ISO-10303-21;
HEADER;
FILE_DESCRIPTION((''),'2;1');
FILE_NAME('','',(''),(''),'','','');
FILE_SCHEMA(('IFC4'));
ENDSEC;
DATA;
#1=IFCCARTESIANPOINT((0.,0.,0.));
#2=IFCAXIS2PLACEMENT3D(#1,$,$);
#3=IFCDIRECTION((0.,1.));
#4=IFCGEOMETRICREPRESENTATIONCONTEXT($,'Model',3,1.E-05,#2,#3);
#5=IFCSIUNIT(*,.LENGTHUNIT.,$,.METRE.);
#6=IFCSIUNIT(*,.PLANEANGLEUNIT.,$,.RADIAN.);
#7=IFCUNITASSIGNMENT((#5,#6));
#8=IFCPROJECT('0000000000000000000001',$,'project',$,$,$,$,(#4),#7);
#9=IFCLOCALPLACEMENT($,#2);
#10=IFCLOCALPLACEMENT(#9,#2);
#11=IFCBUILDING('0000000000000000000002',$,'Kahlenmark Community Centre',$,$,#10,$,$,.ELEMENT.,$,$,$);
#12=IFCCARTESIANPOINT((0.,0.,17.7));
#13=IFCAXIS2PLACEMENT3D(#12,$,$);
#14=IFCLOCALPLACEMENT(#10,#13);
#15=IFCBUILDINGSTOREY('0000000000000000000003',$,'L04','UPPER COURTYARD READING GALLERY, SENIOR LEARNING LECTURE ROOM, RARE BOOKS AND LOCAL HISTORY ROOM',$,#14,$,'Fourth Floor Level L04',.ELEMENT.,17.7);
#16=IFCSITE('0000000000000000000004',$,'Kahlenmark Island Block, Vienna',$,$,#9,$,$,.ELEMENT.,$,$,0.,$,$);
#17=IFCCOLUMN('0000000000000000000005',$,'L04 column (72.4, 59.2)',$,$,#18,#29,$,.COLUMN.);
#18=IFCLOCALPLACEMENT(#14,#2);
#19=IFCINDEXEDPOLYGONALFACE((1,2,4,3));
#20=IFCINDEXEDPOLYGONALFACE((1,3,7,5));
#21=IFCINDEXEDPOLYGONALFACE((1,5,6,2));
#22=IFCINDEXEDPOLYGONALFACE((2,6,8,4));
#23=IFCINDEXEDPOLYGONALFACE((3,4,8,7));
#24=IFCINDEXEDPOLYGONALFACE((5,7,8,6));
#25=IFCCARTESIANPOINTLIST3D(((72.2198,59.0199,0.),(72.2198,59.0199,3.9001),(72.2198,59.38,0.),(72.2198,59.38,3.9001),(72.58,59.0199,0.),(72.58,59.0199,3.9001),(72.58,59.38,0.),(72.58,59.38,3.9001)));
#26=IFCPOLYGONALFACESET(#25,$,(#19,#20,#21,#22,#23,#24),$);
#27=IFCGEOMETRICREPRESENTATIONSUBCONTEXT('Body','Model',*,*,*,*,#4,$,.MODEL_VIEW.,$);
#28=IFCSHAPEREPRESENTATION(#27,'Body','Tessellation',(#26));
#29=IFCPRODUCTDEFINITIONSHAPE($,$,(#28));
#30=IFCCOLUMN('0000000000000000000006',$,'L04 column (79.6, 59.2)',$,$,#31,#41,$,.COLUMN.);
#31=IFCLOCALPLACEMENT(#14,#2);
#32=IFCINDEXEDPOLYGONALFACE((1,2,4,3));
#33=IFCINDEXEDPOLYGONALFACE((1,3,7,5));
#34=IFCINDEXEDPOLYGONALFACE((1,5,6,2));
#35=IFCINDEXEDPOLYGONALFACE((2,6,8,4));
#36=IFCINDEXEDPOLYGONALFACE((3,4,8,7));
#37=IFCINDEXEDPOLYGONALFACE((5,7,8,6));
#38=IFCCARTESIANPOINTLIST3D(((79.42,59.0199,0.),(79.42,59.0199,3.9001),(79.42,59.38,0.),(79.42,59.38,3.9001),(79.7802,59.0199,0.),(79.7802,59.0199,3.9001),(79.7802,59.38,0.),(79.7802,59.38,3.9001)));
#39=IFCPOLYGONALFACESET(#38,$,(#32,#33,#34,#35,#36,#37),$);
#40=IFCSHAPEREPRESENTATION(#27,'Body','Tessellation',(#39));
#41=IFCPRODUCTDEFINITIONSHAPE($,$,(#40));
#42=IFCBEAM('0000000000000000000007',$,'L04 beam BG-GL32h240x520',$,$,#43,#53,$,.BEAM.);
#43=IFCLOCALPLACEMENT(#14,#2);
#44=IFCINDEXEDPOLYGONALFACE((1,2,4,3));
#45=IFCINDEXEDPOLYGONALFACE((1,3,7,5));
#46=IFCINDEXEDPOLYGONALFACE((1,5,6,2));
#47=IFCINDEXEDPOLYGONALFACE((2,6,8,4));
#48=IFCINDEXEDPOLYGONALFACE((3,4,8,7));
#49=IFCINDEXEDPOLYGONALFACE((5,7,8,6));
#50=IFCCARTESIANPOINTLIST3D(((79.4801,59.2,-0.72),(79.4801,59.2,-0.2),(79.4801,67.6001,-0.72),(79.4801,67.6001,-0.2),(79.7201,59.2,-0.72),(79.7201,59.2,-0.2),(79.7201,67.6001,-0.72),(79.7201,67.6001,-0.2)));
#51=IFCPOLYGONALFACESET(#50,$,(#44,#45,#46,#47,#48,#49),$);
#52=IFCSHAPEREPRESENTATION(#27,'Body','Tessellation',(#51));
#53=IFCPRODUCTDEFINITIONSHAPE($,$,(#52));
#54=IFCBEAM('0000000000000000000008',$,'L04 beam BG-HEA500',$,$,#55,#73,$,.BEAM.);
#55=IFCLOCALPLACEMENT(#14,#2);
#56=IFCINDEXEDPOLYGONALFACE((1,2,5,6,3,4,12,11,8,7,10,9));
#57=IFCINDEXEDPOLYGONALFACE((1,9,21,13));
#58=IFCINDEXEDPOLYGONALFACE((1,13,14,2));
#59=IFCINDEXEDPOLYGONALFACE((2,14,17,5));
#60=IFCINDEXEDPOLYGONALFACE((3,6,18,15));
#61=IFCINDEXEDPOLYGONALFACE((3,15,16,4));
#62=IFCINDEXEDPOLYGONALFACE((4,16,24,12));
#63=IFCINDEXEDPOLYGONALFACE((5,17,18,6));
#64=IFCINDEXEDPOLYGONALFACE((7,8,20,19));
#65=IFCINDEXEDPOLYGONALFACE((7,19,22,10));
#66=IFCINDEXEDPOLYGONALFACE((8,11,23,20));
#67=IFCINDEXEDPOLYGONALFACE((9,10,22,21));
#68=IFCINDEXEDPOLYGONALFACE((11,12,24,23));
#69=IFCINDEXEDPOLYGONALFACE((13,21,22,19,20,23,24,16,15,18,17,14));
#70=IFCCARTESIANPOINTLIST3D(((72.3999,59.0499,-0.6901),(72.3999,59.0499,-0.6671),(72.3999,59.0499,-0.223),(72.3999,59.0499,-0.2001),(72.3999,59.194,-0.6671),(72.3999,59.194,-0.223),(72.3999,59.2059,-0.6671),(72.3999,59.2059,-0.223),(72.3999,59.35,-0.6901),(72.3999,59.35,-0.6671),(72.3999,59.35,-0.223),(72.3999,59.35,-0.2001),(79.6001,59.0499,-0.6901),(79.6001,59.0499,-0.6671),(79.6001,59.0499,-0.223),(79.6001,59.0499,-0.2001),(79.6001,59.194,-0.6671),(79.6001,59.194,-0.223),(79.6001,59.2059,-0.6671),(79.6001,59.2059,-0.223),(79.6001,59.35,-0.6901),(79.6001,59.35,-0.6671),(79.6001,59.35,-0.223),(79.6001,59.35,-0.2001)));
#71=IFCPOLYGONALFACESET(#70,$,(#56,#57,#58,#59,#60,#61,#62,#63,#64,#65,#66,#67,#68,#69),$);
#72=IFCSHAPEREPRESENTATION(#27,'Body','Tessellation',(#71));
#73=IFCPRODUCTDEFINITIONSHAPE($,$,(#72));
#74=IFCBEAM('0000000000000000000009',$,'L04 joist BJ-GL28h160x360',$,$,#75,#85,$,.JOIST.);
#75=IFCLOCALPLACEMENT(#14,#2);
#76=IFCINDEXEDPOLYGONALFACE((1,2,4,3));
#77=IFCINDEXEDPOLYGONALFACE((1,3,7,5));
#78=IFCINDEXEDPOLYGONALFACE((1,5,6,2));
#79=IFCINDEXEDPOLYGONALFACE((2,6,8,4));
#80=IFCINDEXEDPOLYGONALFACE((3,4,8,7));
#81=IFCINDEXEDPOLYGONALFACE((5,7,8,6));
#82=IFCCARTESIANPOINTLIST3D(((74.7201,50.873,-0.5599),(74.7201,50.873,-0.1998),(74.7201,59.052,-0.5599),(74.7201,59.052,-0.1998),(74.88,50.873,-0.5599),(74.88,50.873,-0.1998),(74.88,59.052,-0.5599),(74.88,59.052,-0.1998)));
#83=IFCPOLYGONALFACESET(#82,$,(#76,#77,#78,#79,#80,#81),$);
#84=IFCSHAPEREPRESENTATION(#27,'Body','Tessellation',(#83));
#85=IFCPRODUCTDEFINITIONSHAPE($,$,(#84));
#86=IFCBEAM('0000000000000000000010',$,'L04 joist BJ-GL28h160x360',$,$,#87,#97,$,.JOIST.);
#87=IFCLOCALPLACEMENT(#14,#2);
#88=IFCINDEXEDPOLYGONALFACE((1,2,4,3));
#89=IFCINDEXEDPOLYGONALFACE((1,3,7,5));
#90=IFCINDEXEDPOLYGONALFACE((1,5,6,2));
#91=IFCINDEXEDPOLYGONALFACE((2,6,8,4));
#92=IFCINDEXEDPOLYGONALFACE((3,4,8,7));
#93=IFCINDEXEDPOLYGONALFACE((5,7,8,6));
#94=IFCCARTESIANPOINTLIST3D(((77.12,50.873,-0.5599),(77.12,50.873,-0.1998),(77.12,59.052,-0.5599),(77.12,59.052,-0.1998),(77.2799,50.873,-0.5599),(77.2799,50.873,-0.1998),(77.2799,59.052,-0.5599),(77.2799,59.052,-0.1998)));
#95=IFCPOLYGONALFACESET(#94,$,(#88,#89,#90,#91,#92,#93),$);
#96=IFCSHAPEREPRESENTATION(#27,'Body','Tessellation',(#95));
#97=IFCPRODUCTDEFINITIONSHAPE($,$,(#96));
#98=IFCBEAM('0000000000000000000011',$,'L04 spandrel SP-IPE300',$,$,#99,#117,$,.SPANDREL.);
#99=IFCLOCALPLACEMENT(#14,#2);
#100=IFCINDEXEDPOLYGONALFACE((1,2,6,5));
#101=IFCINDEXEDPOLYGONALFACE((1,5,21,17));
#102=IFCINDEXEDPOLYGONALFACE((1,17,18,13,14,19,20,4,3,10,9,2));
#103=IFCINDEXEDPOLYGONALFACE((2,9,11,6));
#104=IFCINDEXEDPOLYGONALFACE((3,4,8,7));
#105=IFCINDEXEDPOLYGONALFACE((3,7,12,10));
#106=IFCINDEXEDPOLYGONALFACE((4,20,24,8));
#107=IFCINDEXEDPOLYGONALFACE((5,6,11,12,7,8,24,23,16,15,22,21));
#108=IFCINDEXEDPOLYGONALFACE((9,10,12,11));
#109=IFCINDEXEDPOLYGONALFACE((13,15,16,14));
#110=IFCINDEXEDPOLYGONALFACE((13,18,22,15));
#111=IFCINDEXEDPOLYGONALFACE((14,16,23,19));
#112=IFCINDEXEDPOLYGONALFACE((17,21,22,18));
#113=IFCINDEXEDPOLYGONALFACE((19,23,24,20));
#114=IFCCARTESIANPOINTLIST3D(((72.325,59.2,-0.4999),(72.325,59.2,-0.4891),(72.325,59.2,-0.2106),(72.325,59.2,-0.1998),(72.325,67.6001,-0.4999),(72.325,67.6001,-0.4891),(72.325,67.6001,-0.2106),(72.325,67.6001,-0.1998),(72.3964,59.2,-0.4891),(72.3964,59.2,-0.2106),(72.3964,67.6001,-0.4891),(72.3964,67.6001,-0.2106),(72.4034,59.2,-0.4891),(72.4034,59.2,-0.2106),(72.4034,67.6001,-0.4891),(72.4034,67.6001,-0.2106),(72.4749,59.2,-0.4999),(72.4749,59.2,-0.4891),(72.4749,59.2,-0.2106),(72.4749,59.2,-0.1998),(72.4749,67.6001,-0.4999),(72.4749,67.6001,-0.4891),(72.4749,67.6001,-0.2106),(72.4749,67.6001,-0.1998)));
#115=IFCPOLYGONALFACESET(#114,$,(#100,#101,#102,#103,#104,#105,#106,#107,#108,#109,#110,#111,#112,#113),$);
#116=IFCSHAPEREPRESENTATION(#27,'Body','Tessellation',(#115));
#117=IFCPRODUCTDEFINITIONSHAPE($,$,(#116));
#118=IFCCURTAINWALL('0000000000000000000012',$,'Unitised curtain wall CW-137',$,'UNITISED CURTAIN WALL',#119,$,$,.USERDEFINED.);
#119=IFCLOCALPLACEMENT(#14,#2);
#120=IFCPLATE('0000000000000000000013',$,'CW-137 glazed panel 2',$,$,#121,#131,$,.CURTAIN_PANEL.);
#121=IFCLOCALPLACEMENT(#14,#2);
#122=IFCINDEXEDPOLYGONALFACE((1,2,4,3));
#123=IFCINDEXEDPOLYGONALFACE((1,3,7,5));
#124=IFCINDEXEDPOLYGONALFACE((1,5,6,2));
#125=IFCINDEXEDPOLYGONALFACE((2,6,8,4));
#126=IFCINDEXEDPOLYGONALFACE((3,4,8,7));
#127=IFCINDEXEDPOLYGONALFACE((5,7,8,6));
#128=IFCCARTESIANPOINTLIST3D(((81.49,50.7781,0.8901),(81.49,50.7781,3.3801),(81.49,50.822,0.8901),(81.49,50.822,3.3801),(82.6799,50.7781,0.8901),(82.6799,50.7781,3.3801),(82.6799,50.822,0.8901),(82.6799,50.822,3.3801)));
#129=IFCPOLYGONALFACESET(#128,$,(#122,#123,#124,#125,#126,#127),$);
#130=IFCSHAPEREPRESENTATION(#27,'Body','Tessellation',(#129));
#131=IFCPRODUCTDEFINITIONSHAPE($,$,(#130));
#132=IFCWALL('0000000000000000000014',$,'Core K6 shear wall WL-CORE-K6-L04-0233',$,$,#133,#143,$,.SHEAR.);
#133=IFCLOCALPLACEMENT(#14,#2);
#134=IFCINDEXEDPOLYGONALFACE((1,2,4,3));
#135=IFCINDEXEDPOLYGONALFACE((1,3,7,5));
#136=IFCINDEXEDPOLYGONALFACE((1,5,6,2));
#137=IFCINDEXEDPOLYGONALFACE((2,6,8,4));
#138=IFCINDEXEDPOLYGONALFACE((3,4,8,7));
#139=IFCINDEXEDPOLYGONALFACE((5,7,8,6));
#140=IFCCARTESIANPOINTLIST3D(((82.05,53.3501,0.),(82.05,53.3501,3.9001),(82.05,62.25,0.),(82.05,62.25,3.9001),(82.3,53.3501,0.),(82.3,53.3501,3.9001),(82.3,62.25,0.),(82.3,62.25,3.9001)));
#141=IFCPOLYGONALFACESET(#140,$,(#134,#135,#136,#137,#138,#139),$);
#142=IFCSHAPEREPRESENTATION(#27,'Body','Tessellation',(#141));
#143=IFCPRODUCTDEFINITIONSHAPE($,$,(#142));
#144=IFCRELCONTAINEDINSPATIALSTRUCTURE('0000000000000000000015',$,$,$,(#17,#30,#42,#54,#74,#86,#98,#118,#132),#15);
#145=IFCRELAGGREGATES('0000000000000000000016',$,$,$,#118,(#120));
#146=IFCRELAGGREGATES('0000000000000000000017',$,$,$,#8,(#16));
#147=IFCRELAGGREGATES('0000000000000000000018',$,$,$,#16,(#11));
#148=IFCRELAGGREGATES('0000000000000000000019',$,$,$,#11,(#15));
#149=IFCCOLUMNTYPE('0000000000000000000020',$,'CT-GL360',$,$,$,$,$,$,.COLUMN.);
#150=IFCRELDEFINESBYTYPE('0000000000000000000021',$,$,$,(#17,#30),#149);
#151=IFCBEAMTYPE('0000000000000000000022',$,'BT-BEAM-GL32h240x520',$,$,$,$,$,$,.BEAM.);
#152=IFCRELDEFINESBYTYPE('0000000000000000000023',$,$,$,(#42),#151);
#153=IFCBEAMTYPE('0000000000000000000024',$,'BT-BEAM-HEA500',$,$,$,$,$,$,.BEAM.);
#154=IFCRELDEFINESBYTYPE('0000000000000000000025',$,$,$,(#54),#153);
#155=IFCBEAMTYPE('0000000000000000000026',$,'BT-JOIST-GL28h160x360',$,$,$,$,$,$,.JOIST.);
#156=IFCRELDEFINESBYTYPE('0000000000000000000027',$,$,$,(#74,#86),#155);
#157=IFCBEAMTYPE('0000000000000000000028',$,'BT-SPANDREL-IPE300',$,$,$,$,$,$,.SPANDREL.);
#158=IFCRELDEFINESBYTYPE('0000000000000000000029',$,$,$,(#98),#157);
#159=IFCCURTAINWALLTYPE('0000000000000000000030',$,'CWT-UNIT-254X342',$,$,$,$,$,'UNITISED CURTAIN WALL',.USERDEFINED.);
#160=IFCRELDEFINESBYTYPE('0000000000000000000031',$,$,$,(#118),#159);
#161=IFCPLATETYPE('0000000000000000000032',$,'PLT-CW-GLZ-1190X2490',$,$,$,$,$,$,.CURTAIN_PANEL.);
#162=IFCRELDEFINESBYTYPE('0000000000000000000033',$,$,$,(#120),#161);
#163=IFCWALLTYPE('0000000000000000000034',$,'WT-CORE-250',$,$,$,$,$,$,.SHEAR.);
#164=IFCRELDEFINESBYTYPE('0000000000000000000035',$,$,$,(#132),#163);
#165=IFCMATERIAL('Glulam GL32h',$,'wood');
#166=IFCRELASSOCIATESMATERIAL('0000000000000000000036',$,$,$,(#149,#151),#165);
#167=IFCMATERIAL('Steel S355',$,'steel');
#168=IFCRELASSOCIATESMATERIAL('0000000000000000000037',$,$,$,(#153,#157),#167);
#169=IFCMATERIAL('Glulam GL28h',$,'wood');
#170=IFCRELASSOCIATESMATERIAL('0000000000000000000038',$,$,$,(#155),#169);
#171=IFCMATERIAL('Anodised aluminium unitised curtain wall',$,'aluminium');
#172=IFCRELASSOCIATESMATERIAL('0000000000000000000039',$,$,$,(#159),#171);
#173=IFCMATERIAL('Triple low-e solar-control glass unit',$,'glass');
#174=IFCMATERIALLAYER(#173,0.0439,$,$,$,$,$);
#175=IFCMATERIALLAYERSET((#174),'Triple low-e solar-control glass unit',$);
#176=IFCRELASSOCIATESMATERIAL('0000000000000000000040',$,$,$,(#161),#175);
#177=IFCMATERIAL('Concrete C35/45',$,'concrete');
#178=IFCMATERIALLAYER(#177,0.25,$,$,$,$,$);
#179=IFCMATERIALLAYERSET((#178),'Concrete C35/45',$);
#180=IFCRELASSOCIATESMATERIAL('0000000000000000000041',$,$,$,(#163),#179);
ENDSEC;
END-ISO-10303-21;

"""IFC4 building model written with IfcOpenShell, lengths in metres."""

from ifc_helpers import new_model, si_unit, direction, frame, frame_2d, origin, origin_2d, place, context, subcontext, project, spatial, rectangle, i_section, extrude, material, layer, layer_set, material_profile, profile_set, type_object, element, aggregate, save


model = new_model("IFC4")

# Units and contexts
model_context = context("Model", 3, precision=1e-05, world=origin(), true_north=direction((0.0, 1.0)))
body_context = subcontext(model_context, "Body", "Model", "MODEL_VIEW")
ifc_project = project(units=[si_unit("LENGTHUNIT", "METRE"), si_unit("PLANEANGLEUNIT", "RADIAN")], contexts=[model_context])

# Site, building, storey
site_placement = place(None, origin())
site = spatial("IfcSite", under=ifc_project, at=site_placement, Name="Kahlenmark Island Block, Vienna", CompositionType="ELEMENT", RefElevation=0.0)
building_placement = place(site_placement, origin())
building = spatial("IfcBuilding", under=site, at=building_placement, Name="Kahlenmark Community Centre", CompositionType="ELEMENT")
storey_placement = place(building_placement, frame((0.0, 0.0, 17.7)))
storey = spatial("IfcBuildingStorey", under=building, at=storey_placement, Name="L04", Description="UPPER COURTYARD READING GALLERY, SENIOR LEARNING LECTURE ROOM, RARE BOOKS AND LOCAL HISTORY ROOM", LongName="Fourth Floor Level L04", CompositionType="ELEMENT", Elevation=17.7)

# Columns
ifc_material_1 = material(Name="Glulam GL32h", Category="wood")
ifc_material_profile_1 = material_profile(ifc_material_1, rectangle(XDim=0.3601, YDim=0.3601, at=origin_2d()), Name="GL32h 360x360")
ifc_profile_set_1 = profile_set([ifc_material_profile_1], Name="Glulam GL32h")
column_type = type_object("IfcColumnType", Name="CT-GL360", PredefinedType="COLUMN", material=ifc_profile_set_1)
for number, where, z_axis, x_axis, name in (
    (1, (72.3999, 59.2, 0.0), (0.0, 0.0, 1.0), (1.0, 0.0, 0.0), "L04 column (72.4, 59.2)"),
    (2, (79.6001, 59.2, 0.0), (0.0, 0.0, 1.0), (1.0, 0.0, 0.0), "L04 column (79.6, 59.2)"),
):
    element("IfcColumn", number, at=place(storey_placement, frame(where, z_axis=z_axis, x_axis=x_axis)), inside=storey, type_object=column_type, Name=name, PredefinedType="COLUMN", context=body_context, shape_type="SweptSolid", body=[
        extrude(rectangle(XDim=0.3601, YDim=0.3601, at=origin_2d()), origin(), (0.0, 0.0, 1.0), 3.9001),
    ])

# Beams
ifc_material_profile_2 = material_profile(ifc_material_1, rectangle(XDim=0.24, YDim=0.52, at=origin_2d()), Name="GL32h 240x520")
ifc_profile_set_2 = profile_set([ifc_material_profile_2], Name="Glulam GL32h")
beam_type_1 = type_object("IfcBeamType", Name="BT-BEAM-GL32h240x520", PredefinedType="BEAM", material=ifc_profile_set_2)
beam_1_placement = place(storey_placement, frame((79.6001, 59.2, -0.46), z_axis=(0.0, 1.0, 0.0), x_axis=(-1.0, 0.0, 0.0)))
element("IfcBeam", 3, at=beam_1_placement, inside=storey, type_object=beam_type_1, Name="L04 beam BG-GL32h240x520", PredefinedType="BEAM", context=body_context, shape_type="SweptSolid", body=[
    extrude(rectangle(XDim=0.24, YDim=0.52, at=origin_2d()), origin(), (0.0, 0.0, 1.0), 8.4001),
])
ifc_material_2 = material(Name="Steel S355", Category="steel")
ifc_material_profile_3 = material_profile(ifc_material_2, i_section(OverallWidth=0.3, OverallDepth=0.49, WebThickness=0.012, FlangeThickness=0.0229, at=origin_2d()), Name="HEA 500")
ifc_profile_set_3 = profile_set([ifc_material_profile_3], Name="Steel S355")
beam_type_2 = type_object("IfcBeamType", Name="BT-BEAM-HEA500", PredefinedType="BEAM", material=ifc_profile_set_3)
beam_2_placement = place(storey_placement, frame((72.3999, 59.2, -0.4451), z_axis=(1.0, 0.0, 0.0), x_axis=(0.0, 1.0, 0.0)))
element("IfcBeam", 4, at=beam_2_placement, inside=storey, type_object=beam_type_2, Name="L04 beam BG-HEA500", PredefinedType="BEAM", context=body_context, shape_type="SweptSolid", body=[
    extrude(i_section(OverallWidth=0.3, OverallDepth=0.49, WebThickness=0.012, FlangeThickness=0.0229, at=origin_2d()), origin(), (0.0, 0.0, 1.0), 7.2002),
])
ifc_material_3 = material(Name="Glulam GL28h", Category="wood")
ifc_material_profile_4 = material_profile(ifc_material_3, rectangle(XDim=0.1599, YDim=0.3601, at=origin_2d()), Name="GL28h 160x360")
ifc_profile_set_4 = profile_set([ifc_material_profile_4], Name="Glulam GL28h")
beam_type_3 = type_object("IfcBeamType", Name="BT-JOIST-GL28h160x360", PredefinedType="JOIST", material=ifc_profile_set_4)
for number, where, z_axis, x_axis, name in (
    (5, (74.8, 50.873, -0.3799), (0.0, 1.0, 0.0), (-1.0, 0.0, 0.0), "L04 joist BJ-GL28h160x360"),
    (6, (77.2, 50.873, -0.3799), (0.0, 1.0, 0.0), (-1.0, 0.0, 0.0), "L04 joist BJ-GL28h160x360"),
):
    element("IfcBeam", number, at=place(storey_placement, frame(where, z_axis=z_axis, x_axis=x_axis)), inside=storey, type_object=beam_type_3, Name=name, PredefinedType="JOIST", context=body_context, shape_type="SweptSolid", body=[
        extrude(rectangle(XDim=0.1599, YDim=0.3601, at=origin_2d()), origin(), (0.0, 0.0, 1.0), 8.179),
    ])
ifc_material_profile_5 = material_profile(ifc_material_2, i_section(OverallWidth=0.1499, OverallDepth=0.3, WebThickness=0.0071, FlangeThickness=0.0107, at=origin_2d()), Name="IPE 300")
ifc_profile_set_5 = profile_set([ifc_material_profile_5], Name="Steel S355")
beam_type_4 = type_object("IfcBeamType", Name="BT-SPANDREL-IPE300", PredefinedType="SPANDREL", material=ifc_profile_set_5)
beam_3_placement = place(storey_placement, frame((72.3999, 59.2, -0.3499), z_axis=(0.0, 1.0, 0.0), x_axis=(-1.0, 0.0, 0.0)))
element("IfcBeam", 7, at=beam_3_placement, inside=storey, type_object=beam_type_4, Name="L04 spandrel SP-IPE300", PredefinedType="SPANDREL", context=body_context, shape_type="SweptSolid", body=[
    extrude(i_section(OverallWidth=0.1499, OverallDepth=0.3, WebThickness=0.0071, FlangeThickness=0.0107, at=origin_2d()), origin(), (0.0, 0.0, 1.0), 8.4001),
])

# Curtain wall, plate
ifc_material_4 = material(Name="Anodised aluminium unitised curtain wall", Category="aluminium")
curtain_wall_type = type_object("IfcCurtainWallType", Name="CWT-UNIT-254X342", ElementType="UNITISED CURTAIN WALL", PredefinedType="USERDEFINED", material=ifc_material_4)
curtain_wall_placement = place(storey_placement, origin())
curtain_wall = element("IfcCurtainWall", 8, at=curtain_wall_placement, inside=storey, type_object=curtain_wall_type, Name="Unitised curtain wall CW-137", ObjectType="UNITISED CURTAIN WALL", PredefinedType="USERDEFINED")
ifc_material_5 = material(Name="Triple low-e solar-control glass unit", Category="glass")
ifc_layer_1 = layer(ifc_material_5, 0.0439)
ifc_layer_set_1 = layer_set([ifc_layer_1], Name="Triple low-e solar-control glass unit")
plate_type = type_object("IfcPlateType", Name="PLT-CW-GLZ-1190X2490", PredefinedType="CURTAIN_PANEL", material=ifc_layer_set_1)
plate_placement = place(storey_placement, frame((82.085, 50.8, 0.8901), z_axis=(0.0, 0.0, 1.0), x_axis=(1.0, 0.0, 0.0)))
plate = element("IfcPlate", 9, at=plate_placement, type_object=plate_type, Name="CW-137 glazed panel 2", PredefinedType="CURTAIN_PANEL", context=body_context, shape_type="SweptSolid", body=[
    extrude(rectangle(XDim=1.1899, YDim=0.0439, at=origin_2d()), origin(), (0.0, 0.0, 1.0), 2.49),
])
aggregate(curtain_wall, [plate])

# Shared definitions
ifc_material_6 = material(Name="Concrete C35/45", Category="concrete")
ifc_layer_2 = layer(ifc_material_6, 0.25)
ifc_layer_set_2 = layer_set([ifc_layer_2], Name="Concrete C35/45")
wall_type_1 = type_object("IfcWallType", Name="WT-CORE-250", PredefinedType="SHEAR", material=ifc_layer_set_2)

# Wall
wall_1_placement = place(storey_placement, frame((82.175, 53.3501, 0.0), z_axis=(0.0, 0.0, 1.0), x_axis=(0.0, 1.0, 0.0)))
element("IfcWall", 10, at=wall_1_placement, inside=storey, type_object=wall_type_1, Name="Core K6 shear wall WL-CORE-K6-L04-0233", PredefinedType="SHEAR", context=body_context, shape_type="SweptSolid", body=[
    extrude(rectangle(XDim=8.8999, YDim=0.25, at=frame_2d((4.45, 0.0))), origin(), (0.0, 0.0, 1.0), 3.9001),
])

save(model, "model.ifc")
